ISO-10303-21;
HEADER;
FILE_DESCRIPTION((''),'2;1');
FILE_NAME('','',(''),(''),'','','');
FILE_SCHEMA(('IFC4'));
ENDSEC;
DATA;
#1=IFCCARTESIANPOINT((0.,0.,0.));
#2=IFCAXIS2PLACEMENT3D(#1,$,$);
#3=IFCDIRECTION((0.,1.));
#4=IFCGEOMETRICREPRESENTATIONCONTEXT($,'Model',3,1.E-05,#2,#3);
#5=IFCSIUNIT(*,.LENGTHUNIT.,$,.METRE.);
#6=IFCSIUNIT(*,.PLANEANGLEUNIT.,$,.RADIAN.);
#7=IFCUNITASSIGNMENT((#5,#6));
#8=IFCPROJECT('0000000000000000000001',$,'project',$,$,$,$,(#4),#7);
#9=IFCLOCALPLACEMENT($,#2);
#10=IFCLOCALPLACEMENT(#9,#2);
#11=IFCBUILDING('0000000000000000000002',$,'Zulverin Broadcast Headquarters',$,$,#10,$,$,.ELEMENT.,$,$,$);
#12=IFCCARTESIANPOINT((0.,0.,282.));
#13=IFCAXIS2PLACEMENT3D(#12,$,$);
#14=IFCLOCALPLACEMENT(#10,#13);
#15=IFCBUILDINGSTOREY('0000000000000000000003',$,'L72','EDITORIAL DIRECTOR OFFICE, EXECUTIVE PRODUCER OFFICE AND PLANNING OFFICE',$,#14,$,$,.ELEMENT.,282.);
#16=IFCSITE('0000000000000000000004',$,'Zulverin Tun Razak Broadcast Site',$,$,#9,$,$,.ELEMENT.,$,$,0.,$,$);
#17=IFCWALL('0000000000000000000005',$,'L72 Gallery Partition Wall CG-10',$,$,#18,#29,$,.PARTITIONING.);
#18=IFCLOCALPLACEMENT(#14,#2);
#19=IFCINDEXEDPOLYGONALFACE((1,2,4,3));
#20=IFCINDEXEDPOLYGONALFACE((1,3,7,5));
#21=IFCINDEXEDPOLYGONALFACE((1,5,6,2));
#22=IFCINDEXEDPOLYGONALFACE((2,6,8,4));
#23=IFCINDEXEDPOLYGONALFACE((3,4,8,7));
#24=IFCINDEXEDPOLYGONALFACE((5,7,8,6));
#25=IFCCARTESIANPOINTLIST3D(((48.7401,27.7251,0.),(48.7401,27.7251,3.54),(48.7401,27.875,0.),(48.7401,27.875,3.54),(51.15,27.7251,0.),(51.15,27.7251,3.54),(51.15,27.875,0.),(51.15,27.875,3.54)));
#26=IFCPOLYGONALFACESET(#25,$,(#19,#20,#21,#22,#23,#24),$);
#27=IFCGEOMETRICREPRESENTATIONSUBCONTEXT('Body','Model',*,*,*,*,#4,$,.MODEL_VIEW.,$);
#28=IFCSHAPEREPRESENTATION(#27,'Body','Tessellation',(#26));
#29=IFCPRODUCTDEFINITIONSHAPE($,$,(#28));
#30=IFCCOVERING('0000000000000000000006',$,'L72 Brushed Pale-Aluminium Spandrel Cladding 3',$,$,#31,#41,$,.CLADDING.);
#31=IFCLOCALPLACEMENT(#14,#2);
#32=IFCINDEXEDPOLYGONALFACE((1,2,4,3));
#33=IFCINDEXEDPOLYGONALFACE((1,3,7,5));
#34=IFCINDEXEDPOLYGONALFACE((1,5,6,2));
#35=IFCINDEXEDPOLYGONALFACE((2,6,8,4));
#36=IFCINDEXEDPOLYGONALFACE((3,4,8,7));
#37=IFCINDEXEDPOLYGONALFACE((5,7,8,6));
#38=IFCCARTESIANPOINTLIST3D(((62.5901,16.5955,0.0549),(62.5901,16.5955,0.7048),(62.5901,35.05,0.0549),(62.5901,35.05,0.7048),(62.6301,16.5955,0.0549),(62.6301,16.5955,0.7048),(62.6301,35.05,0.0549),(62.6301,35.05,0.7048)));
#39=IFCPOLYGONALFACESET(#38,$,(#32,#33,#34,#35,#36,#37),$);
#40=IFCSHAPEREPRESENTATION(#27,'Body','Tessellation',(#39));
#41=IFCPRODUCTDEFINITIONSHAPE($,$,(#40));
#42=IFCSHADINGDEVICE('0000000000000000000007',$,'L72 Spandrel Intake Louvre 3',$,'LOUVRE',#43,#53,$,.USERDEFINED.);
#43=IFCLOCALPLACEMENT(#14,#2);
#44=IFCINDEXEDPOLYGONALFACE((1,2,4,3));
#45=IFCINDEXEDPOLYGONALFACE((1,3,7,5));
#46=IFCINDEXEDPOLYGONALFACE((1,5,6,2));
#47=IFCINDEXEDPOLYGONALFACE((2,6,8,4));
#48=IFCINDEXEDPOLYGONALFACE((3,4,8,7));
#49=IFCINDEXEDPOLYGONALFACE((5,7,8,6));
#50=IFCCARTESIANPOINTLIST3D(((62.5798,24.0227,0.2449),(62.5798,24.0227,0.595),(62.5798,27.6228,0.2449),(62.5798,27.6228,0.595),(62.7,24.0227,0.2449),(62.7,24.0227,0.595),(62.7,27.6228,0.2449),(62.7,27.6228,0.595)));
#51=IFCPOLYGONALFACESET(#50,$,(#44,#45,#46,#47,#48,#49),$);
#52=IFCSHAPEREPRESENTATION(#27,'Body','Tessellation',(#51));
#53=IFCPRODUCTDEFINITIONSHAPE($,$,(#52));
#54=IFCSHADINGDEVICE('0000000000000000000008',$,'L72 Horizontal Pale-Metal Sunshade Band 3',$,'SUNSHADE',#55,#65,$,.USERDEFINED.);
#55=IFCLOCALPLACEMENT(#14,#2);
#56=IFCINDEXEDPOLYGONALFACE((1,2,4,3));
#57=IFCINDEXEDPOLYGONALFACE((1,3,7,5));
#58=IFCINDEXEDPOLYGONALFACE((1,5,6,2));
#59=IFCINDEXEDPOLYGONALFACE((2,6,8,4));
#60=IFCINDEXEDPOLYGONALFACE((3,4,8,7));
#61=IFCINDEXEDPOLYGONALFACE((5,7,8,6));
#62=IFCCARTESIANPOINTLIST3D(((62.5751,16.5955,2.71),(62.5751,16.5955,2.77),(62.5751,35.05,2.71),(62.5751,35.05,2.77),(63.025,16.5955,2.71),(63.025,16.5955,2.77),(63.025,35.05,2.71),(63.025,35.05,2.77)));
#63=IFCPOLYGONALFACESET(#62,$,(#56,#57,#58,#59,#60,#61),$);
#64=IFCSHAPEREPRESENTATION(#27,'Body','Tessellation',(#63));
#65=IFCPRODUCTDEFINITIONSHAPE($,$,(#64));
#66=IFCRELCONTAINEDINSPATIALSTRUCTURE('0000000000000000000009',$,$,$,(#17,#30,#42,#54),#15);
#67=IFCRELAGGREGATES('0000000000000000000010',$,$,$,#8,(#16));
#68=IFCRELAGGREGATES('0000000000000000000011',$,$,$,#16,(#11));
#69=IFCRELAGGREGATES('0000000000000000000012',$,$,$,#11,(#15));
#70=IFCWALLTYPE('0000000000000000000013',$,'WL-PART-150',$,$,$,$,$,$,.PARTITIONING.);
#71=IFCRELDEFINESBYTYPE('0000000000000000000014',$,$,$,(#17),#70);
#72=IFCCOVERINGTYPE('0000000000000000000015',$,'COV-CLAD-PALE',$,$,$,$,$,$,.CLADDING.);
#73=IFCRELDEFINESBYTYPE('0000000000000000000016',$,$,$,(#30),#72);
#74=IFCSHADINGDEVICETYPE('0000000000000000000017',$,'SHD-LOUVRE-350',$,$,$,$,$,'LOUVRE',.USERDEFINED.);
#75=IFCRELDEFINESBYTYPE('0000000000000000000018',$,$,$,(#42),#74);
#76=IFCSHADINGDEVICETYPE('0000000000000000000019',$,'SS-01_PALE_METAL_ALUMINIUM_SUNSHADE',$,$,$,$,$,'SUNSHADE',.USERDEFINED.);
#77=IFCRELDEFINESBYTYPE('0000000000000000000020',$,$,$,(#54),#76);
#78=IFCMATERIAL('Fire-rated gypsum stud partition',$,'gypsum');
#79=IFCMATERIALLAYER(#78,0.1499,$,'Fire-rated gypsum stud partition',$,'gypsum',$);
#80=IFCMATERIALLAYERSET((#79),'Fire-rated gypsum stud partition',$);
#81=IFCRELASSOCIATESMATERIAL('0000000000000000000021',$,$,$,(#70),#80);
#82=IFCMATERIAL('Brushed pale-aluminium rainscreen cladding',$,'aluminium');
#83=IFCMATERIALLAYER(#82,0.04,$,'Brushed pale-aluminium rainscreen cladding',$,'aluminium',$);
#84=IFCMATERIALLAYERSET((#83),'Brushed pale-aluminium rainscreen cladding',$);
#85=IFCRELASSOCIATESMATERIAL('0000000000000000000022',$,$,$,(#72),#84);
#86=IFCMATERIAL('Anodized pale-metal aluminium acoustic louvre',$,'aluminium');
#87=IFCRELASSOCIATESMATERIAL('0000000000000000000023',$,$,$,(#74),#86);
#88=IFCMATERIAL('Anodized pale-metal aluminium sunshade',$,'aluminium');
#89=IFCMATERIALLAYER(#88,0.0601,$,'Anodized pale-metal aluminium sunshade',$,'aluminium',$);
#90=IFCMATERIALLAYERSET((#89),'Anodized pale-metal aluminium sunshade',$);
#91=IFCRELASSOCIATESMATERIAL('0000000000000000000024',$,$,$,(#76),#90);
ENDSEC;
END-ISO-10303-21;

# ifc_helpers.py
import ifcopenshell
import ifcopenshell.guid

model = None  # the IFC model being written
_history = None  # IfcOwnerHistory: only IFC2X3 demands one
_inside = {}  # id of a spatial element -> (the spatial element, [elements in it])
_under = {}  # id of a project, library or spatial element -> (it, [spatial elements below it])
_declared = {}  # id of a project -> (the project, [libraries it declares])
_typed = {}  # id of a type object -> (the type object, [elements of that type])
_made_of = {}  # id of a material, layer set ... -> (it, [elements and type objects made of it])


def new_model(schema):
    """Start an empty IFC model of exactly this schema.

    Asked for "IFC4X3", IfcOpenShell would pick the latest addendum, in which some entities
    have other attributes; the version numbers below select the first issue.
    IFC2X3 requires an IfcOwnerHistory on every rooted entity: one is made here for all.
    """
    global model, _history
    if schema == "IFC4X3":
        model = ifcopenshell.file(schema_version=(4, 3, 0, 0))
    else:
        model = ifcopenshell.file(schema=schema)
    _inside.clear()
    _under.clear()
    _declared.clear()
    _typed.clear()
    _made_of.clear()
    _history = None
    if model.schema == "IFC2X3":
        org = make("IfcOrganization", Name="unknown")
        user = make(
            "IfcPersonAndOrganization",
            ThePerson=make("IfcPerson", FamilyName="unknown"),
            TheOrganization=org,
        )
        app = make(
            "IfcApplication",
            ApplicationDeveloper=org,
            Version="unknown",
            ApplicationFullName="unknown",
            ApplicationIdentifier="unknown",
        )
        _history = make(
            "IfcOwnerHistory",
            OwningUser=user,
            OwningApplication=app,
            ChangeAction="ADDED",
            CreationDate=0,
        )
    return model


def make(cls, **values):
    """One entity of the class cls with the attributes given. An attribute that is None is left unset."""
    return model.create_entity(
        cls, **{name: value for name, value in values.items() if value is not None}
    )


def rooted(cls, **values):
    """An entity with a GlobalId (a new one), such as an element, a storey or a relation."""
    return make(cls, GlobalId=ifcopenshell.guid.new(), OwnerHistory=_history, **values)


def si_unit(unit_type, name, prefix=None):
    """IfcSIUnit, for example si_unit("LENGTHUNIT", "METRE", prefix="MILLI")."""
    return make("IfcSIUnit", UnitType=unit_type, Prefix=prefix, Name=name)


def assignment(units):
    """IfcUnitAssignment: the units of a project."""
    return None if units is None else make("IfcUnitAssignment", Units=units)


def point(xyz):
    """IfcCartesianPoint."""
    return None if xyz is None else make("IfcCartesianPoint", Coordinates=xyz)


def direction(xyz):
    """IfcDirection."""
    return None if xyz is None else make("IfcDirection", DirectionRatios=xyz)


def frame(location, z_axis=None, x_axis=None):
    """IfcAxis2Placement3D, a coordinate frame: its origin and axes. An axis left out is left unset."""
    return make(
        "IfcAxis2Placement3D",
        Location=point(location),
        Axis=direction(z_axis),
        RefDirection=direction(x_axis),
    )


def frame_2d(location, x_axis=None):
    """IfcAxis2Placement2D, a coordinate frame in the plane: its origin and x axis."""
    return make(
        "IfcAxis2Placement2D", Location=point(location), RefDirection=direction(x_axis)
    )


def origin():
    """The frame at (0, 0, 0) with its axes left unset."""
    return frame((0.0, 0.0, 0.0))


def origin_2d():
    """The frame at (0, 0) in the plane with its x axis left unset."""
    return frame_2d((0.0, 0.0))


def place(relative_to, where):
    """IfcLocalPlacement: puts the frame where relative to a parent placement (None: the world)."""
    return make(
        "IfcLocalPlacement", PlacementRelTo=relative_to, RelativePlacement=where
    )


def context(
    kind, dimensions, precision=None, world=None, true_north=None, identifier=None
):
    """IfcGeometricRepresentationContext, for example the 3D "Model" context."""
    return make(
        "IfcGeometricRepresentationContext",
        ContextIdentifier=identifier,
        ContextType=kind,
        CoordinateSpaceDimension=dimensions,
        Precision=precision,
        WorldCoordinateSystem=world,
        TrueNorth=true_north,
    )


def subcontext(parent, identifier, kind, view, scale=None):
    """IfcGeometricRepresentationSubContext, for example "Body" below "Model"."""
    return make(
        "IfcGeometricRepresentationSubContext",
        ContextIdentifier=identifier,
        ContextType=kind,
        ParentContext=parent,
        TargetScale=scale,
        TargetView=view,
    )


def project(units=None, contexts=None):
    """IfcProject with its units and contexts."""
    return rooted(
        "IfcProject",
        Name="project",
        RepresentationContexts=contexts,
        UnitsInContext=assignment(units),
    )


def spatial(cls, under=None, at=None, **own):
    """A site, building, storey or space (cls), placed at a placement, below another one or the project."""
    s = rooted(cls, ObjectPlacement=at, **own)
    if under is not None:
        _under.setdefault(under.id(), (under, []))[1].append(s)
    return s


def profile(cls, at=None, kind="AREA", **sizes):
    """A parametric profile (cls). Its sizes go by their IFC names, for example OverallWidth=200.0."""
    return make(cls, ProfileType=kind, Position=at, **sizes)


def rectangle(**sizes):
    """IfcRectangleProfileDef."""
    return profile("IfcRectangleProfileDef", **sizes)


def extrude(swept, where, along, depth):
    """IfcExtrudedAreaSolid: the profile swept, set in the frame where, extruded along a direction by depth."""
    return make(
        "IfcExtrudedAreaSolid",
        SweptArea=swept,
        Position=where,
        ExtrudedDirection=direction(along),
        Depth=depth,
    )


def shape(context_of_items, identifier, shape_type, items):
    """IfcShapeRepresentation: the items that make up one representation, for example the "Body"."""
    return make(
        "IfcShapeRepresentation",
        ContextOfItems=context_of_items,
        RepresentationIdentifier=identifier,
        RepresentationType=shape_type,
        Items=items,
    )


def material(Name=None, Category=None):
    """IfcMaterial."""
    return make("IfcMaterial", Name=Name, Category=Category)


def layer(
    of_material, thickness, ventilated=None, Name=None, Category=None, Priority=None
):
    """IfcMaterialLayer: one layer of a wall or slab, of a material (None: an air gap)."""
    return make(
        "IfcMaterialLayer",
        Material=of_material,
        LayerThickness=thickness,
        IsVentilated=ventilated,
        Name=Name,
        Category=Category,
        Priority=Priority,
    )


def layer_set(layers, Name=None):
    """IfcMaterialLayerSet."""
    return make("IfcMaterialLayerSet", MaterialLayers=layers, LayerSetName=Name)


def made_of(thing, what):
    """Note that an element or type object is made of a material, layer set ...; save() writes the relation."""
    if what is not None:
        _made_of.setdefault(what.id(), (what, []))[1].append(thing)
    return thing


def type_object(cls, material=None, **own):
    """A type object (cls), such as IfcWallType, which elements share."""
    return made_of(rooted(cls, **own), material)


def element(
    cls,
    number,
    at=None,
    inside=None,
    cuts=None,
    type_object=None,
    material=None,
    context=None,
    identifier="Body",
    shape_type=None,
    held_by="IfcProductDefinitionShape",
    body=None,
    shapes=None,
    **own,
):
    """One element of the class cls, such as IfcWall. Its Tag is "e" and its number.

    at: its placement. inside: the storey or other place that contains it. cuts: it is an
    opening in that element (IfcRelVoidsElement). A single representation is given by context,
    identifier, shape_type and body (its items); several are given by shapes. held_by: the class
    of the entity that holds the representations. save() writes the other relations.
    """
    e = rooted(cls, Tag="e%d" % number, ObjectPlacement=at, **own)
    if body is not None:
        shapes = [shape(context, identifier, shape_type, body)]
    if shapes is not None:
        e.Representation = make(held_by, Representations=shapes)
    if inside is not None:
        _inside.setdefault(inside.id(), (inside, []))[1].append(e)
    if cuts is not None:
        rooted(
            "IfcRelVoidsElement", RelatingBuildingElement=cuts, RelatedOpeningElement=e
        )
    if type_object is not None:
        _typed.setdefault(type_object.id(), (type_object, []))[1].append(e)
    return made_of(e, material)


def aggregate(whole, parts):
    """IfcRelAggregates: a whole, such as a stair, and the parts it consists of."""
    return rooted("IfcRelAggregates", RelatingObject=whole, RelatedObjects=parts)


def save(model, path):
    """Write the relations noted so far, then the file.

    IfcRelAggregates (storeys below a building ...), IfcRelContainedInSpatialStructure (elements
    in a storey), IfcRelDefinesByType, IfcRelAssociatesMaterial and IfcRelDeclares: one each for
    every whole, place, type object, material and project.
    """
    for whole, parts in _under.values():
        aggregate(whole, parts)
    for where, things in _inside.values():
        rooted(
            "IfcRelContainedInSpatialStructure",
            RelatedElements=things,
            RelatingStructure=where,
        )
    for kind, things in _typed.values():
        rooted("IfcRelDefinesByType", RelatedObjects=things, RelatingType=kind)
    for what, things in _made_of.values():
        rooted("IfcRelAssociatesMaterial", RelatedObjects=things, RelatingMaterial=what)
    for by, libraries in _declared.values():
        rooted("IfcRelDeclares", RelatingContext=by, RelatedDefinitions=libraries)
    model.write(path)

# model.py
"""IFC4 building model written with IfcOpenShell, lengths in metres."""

from ifc_helpers import new_model, si_unit, direction, frame, frame_2d, origin, origin_2d, place, context, subcontext, project, spatial, rectangle, extrude, material, layer, layer_set, type_object, element, save


model = new_model("IFC4")

# Units and contexts
model_context = context("Model", 3, precision=1e-05, world=origin(), true_north=direction((0.0, 1.0)))
body_context = subcontext(model_context, "Body", "Model", "MODEL_VIEW")
ifc_project = project(units=[si_unit("LENGTHUNIT", "METRE"), si_unit("PLANEANGLEUNIT", "RADIAN")], contexts=[model_context])

# Site, building, storey
site_placement = place(None, origin())
site = spatial("IfcSite", under=ifc_project, at=site_placement, Name="Zulverin Tun Razak Broadcast Site", CompositionType="ELEMENT", RefElevation=0.0)
building_placement = place(site_placement, origin())
building = spatial("IfcBuilding", under=site, at=building_placement, Name="Zulverin Broadcast Headquarters", CompositionType="ELEMENT")
storey_placement = place(building_placement, frame((0.0, 0.0, 282.0)))
storey = spatial("IfcBuildingStorey", under=building, at=storey_placement, Name="L72", Description="EDITORIAL DIRECTOR OFFICE, EXECUTIVE PRODUCER OFFICE AND PLANNING OFFICE", CompositionType="ELEMENT", Elevation=282.0)

# Wall
ifc_material_1 = material(Name="Fire-rated gypsum stud partition", Category="gypsum")
ifc_layer_1 = layer(ifc_material_1, 0.1499, Name="Fire-rated gypsum stud partition", Category="gypsum")
ifc_layer_set_1 = layer_set([ifc_layer_1], Name="Fire-rated gypsum stud partition")
wall_type_1 = type_object("IfcWallType", Name="WL-PART-150", PredefinedType="PARTITIONING", material=ifc_layer_set_1)
for number, where, z_axis, x_axis, name in (
    (1, (48.74, 27.8, 0.0), (0.0, 0.0, 1.0), (1.0, 0.0, 0.0), "L72 Gallery Partition Wall CG-10"),
):
    element("IfcWall", number, at=place(storey_placement, frame(where, z_axis=z_axis, x_axis=x_axis)), inside=storey, type_object=wall_type_1, Name=name, PredefinedType="PARTITIONING", context=body_context, shape_type="SweptSolid", body=[
        extrude(rectangle(XDim=2.4099, YDim=0.1499, at=frame_2d((1.2051, 0.0))), origin(), (0.0, 0.0, 1.0), 3.54),
    ])

# Covering
ifc_material_2 = material(Name="Brushed pale-aluminium rainscreen cladding", Category="aluminium")
ifc_layer_2 = layer(ifc_material_2, 0.04, Name="Brushed pale-aluminium rainscreen cladding", Category="aluminium")
ifc_layer_set_2 = layer_set([ifc_layer_2], Name="Brushed pale-aluminium rainscreen cladding")
covering_type = type_object("IfcCoveringType", Name="COV-CLAD-PALE", PredefinedType="CLADDING", material=ifc_layer_set_2)
covering_placement = place(storey_placement, frame((62.6101, 25.8228, 0.0549), z_axis=(0.0, 0.0, 1.0), x_axis=(0.0, 1.0, 0.0)))
element("IfcCovering", 2, at=covering_placement, inside=storey, type_object=covering_type, Name="L72 Brushed Pale-Aluminium Spandrel Cladding 3", PredefinedType="CLADDING", context=body_context, shape_type="SweptSolid", body=[
    extrude(rectangle(XDim=18.4546, YDim=0.04, at=origin_2d()), origin(), (0.0, 0.0, 1.0), 0.6499),
])

# Shading devices
ifc_material_3 = material(Name="Anodized pale-metal aluminium acoustic louvre", Category="aluminium")
shading_device_type_1 = type_object("IfcShadingDeviceType", Name="SHD-LOUVRE-350", ElementType="LOUVRE", PredefinedType="USERDEFINED", material=ifc_material_3)
shading_device_1_placement = place(storey_placement, frame((62.6399, 25.8228, 0.2449), z_axis=(0.0, 0.0, 1.0), x_axis=(0.0, 1.0, 0.0)))
element("IfcShadingDevice", 3, at=shading_device_1_placement, inside=storey, type_object=shading_device_type_1, Name="L72 Spandrel Intake Louvre 3", ObjectType="LOUVRE", PredefinedType="USERDEFINED", context=body_context, shape_type="SweptSolid", body=[
    extrude(rectangle(XDim=3.6001, YDim=0.1201, at=origin_2d()), origin(), (0.0, 0.0, 1.0), 0.3501),
])
ifc_material_4 = material(Name="Anodized pale-metal aluminium sunshade", Category="aluminium")
ifc_layer_3 = layer(ifc_material_4, 0.0601, Name="Anodized pale-metal aluminium sunshade", Category="aluminium")
ifc_layer_set_3 = layer_set([ifc_layer_3], Name="Anodized pale-metal aluminium sunshade")
shading_device_type_2 = type_object("IfcShadingDeviceType", Name="SS-01_PALE_METAL_ALUMINIUM_SUNSHADE", ElementType="SUNSHADE", PredefinedType="USERDEFINED", material=ifc_layer_set_3)
shading_device_2_placement = place(storey_placement, frame((62.8, 25.8228, 2.71), z_axis=(0.0, 0.0, 1.0), x_axis=(0.0, 1.0, 0.0)))
element("IfcShadingDevice", 4, at=shading_device_2_placement, inside=storey, type_object=shading_device_type_2, Name="L72 Horizontal Pale-Metal Sunshade Band 3", ObjectType="SUNSHADE", PredefinedType="USERDEFINED", context=body_context, shape_type="SweptSolid", body=[
    extrude(rectangle(XDim=18.4546, YDim=0.45, at=origin_2d()), origin(), (0.0, 0.0, 1.0), 0.0601),
])

save(model, "model.ifc")
